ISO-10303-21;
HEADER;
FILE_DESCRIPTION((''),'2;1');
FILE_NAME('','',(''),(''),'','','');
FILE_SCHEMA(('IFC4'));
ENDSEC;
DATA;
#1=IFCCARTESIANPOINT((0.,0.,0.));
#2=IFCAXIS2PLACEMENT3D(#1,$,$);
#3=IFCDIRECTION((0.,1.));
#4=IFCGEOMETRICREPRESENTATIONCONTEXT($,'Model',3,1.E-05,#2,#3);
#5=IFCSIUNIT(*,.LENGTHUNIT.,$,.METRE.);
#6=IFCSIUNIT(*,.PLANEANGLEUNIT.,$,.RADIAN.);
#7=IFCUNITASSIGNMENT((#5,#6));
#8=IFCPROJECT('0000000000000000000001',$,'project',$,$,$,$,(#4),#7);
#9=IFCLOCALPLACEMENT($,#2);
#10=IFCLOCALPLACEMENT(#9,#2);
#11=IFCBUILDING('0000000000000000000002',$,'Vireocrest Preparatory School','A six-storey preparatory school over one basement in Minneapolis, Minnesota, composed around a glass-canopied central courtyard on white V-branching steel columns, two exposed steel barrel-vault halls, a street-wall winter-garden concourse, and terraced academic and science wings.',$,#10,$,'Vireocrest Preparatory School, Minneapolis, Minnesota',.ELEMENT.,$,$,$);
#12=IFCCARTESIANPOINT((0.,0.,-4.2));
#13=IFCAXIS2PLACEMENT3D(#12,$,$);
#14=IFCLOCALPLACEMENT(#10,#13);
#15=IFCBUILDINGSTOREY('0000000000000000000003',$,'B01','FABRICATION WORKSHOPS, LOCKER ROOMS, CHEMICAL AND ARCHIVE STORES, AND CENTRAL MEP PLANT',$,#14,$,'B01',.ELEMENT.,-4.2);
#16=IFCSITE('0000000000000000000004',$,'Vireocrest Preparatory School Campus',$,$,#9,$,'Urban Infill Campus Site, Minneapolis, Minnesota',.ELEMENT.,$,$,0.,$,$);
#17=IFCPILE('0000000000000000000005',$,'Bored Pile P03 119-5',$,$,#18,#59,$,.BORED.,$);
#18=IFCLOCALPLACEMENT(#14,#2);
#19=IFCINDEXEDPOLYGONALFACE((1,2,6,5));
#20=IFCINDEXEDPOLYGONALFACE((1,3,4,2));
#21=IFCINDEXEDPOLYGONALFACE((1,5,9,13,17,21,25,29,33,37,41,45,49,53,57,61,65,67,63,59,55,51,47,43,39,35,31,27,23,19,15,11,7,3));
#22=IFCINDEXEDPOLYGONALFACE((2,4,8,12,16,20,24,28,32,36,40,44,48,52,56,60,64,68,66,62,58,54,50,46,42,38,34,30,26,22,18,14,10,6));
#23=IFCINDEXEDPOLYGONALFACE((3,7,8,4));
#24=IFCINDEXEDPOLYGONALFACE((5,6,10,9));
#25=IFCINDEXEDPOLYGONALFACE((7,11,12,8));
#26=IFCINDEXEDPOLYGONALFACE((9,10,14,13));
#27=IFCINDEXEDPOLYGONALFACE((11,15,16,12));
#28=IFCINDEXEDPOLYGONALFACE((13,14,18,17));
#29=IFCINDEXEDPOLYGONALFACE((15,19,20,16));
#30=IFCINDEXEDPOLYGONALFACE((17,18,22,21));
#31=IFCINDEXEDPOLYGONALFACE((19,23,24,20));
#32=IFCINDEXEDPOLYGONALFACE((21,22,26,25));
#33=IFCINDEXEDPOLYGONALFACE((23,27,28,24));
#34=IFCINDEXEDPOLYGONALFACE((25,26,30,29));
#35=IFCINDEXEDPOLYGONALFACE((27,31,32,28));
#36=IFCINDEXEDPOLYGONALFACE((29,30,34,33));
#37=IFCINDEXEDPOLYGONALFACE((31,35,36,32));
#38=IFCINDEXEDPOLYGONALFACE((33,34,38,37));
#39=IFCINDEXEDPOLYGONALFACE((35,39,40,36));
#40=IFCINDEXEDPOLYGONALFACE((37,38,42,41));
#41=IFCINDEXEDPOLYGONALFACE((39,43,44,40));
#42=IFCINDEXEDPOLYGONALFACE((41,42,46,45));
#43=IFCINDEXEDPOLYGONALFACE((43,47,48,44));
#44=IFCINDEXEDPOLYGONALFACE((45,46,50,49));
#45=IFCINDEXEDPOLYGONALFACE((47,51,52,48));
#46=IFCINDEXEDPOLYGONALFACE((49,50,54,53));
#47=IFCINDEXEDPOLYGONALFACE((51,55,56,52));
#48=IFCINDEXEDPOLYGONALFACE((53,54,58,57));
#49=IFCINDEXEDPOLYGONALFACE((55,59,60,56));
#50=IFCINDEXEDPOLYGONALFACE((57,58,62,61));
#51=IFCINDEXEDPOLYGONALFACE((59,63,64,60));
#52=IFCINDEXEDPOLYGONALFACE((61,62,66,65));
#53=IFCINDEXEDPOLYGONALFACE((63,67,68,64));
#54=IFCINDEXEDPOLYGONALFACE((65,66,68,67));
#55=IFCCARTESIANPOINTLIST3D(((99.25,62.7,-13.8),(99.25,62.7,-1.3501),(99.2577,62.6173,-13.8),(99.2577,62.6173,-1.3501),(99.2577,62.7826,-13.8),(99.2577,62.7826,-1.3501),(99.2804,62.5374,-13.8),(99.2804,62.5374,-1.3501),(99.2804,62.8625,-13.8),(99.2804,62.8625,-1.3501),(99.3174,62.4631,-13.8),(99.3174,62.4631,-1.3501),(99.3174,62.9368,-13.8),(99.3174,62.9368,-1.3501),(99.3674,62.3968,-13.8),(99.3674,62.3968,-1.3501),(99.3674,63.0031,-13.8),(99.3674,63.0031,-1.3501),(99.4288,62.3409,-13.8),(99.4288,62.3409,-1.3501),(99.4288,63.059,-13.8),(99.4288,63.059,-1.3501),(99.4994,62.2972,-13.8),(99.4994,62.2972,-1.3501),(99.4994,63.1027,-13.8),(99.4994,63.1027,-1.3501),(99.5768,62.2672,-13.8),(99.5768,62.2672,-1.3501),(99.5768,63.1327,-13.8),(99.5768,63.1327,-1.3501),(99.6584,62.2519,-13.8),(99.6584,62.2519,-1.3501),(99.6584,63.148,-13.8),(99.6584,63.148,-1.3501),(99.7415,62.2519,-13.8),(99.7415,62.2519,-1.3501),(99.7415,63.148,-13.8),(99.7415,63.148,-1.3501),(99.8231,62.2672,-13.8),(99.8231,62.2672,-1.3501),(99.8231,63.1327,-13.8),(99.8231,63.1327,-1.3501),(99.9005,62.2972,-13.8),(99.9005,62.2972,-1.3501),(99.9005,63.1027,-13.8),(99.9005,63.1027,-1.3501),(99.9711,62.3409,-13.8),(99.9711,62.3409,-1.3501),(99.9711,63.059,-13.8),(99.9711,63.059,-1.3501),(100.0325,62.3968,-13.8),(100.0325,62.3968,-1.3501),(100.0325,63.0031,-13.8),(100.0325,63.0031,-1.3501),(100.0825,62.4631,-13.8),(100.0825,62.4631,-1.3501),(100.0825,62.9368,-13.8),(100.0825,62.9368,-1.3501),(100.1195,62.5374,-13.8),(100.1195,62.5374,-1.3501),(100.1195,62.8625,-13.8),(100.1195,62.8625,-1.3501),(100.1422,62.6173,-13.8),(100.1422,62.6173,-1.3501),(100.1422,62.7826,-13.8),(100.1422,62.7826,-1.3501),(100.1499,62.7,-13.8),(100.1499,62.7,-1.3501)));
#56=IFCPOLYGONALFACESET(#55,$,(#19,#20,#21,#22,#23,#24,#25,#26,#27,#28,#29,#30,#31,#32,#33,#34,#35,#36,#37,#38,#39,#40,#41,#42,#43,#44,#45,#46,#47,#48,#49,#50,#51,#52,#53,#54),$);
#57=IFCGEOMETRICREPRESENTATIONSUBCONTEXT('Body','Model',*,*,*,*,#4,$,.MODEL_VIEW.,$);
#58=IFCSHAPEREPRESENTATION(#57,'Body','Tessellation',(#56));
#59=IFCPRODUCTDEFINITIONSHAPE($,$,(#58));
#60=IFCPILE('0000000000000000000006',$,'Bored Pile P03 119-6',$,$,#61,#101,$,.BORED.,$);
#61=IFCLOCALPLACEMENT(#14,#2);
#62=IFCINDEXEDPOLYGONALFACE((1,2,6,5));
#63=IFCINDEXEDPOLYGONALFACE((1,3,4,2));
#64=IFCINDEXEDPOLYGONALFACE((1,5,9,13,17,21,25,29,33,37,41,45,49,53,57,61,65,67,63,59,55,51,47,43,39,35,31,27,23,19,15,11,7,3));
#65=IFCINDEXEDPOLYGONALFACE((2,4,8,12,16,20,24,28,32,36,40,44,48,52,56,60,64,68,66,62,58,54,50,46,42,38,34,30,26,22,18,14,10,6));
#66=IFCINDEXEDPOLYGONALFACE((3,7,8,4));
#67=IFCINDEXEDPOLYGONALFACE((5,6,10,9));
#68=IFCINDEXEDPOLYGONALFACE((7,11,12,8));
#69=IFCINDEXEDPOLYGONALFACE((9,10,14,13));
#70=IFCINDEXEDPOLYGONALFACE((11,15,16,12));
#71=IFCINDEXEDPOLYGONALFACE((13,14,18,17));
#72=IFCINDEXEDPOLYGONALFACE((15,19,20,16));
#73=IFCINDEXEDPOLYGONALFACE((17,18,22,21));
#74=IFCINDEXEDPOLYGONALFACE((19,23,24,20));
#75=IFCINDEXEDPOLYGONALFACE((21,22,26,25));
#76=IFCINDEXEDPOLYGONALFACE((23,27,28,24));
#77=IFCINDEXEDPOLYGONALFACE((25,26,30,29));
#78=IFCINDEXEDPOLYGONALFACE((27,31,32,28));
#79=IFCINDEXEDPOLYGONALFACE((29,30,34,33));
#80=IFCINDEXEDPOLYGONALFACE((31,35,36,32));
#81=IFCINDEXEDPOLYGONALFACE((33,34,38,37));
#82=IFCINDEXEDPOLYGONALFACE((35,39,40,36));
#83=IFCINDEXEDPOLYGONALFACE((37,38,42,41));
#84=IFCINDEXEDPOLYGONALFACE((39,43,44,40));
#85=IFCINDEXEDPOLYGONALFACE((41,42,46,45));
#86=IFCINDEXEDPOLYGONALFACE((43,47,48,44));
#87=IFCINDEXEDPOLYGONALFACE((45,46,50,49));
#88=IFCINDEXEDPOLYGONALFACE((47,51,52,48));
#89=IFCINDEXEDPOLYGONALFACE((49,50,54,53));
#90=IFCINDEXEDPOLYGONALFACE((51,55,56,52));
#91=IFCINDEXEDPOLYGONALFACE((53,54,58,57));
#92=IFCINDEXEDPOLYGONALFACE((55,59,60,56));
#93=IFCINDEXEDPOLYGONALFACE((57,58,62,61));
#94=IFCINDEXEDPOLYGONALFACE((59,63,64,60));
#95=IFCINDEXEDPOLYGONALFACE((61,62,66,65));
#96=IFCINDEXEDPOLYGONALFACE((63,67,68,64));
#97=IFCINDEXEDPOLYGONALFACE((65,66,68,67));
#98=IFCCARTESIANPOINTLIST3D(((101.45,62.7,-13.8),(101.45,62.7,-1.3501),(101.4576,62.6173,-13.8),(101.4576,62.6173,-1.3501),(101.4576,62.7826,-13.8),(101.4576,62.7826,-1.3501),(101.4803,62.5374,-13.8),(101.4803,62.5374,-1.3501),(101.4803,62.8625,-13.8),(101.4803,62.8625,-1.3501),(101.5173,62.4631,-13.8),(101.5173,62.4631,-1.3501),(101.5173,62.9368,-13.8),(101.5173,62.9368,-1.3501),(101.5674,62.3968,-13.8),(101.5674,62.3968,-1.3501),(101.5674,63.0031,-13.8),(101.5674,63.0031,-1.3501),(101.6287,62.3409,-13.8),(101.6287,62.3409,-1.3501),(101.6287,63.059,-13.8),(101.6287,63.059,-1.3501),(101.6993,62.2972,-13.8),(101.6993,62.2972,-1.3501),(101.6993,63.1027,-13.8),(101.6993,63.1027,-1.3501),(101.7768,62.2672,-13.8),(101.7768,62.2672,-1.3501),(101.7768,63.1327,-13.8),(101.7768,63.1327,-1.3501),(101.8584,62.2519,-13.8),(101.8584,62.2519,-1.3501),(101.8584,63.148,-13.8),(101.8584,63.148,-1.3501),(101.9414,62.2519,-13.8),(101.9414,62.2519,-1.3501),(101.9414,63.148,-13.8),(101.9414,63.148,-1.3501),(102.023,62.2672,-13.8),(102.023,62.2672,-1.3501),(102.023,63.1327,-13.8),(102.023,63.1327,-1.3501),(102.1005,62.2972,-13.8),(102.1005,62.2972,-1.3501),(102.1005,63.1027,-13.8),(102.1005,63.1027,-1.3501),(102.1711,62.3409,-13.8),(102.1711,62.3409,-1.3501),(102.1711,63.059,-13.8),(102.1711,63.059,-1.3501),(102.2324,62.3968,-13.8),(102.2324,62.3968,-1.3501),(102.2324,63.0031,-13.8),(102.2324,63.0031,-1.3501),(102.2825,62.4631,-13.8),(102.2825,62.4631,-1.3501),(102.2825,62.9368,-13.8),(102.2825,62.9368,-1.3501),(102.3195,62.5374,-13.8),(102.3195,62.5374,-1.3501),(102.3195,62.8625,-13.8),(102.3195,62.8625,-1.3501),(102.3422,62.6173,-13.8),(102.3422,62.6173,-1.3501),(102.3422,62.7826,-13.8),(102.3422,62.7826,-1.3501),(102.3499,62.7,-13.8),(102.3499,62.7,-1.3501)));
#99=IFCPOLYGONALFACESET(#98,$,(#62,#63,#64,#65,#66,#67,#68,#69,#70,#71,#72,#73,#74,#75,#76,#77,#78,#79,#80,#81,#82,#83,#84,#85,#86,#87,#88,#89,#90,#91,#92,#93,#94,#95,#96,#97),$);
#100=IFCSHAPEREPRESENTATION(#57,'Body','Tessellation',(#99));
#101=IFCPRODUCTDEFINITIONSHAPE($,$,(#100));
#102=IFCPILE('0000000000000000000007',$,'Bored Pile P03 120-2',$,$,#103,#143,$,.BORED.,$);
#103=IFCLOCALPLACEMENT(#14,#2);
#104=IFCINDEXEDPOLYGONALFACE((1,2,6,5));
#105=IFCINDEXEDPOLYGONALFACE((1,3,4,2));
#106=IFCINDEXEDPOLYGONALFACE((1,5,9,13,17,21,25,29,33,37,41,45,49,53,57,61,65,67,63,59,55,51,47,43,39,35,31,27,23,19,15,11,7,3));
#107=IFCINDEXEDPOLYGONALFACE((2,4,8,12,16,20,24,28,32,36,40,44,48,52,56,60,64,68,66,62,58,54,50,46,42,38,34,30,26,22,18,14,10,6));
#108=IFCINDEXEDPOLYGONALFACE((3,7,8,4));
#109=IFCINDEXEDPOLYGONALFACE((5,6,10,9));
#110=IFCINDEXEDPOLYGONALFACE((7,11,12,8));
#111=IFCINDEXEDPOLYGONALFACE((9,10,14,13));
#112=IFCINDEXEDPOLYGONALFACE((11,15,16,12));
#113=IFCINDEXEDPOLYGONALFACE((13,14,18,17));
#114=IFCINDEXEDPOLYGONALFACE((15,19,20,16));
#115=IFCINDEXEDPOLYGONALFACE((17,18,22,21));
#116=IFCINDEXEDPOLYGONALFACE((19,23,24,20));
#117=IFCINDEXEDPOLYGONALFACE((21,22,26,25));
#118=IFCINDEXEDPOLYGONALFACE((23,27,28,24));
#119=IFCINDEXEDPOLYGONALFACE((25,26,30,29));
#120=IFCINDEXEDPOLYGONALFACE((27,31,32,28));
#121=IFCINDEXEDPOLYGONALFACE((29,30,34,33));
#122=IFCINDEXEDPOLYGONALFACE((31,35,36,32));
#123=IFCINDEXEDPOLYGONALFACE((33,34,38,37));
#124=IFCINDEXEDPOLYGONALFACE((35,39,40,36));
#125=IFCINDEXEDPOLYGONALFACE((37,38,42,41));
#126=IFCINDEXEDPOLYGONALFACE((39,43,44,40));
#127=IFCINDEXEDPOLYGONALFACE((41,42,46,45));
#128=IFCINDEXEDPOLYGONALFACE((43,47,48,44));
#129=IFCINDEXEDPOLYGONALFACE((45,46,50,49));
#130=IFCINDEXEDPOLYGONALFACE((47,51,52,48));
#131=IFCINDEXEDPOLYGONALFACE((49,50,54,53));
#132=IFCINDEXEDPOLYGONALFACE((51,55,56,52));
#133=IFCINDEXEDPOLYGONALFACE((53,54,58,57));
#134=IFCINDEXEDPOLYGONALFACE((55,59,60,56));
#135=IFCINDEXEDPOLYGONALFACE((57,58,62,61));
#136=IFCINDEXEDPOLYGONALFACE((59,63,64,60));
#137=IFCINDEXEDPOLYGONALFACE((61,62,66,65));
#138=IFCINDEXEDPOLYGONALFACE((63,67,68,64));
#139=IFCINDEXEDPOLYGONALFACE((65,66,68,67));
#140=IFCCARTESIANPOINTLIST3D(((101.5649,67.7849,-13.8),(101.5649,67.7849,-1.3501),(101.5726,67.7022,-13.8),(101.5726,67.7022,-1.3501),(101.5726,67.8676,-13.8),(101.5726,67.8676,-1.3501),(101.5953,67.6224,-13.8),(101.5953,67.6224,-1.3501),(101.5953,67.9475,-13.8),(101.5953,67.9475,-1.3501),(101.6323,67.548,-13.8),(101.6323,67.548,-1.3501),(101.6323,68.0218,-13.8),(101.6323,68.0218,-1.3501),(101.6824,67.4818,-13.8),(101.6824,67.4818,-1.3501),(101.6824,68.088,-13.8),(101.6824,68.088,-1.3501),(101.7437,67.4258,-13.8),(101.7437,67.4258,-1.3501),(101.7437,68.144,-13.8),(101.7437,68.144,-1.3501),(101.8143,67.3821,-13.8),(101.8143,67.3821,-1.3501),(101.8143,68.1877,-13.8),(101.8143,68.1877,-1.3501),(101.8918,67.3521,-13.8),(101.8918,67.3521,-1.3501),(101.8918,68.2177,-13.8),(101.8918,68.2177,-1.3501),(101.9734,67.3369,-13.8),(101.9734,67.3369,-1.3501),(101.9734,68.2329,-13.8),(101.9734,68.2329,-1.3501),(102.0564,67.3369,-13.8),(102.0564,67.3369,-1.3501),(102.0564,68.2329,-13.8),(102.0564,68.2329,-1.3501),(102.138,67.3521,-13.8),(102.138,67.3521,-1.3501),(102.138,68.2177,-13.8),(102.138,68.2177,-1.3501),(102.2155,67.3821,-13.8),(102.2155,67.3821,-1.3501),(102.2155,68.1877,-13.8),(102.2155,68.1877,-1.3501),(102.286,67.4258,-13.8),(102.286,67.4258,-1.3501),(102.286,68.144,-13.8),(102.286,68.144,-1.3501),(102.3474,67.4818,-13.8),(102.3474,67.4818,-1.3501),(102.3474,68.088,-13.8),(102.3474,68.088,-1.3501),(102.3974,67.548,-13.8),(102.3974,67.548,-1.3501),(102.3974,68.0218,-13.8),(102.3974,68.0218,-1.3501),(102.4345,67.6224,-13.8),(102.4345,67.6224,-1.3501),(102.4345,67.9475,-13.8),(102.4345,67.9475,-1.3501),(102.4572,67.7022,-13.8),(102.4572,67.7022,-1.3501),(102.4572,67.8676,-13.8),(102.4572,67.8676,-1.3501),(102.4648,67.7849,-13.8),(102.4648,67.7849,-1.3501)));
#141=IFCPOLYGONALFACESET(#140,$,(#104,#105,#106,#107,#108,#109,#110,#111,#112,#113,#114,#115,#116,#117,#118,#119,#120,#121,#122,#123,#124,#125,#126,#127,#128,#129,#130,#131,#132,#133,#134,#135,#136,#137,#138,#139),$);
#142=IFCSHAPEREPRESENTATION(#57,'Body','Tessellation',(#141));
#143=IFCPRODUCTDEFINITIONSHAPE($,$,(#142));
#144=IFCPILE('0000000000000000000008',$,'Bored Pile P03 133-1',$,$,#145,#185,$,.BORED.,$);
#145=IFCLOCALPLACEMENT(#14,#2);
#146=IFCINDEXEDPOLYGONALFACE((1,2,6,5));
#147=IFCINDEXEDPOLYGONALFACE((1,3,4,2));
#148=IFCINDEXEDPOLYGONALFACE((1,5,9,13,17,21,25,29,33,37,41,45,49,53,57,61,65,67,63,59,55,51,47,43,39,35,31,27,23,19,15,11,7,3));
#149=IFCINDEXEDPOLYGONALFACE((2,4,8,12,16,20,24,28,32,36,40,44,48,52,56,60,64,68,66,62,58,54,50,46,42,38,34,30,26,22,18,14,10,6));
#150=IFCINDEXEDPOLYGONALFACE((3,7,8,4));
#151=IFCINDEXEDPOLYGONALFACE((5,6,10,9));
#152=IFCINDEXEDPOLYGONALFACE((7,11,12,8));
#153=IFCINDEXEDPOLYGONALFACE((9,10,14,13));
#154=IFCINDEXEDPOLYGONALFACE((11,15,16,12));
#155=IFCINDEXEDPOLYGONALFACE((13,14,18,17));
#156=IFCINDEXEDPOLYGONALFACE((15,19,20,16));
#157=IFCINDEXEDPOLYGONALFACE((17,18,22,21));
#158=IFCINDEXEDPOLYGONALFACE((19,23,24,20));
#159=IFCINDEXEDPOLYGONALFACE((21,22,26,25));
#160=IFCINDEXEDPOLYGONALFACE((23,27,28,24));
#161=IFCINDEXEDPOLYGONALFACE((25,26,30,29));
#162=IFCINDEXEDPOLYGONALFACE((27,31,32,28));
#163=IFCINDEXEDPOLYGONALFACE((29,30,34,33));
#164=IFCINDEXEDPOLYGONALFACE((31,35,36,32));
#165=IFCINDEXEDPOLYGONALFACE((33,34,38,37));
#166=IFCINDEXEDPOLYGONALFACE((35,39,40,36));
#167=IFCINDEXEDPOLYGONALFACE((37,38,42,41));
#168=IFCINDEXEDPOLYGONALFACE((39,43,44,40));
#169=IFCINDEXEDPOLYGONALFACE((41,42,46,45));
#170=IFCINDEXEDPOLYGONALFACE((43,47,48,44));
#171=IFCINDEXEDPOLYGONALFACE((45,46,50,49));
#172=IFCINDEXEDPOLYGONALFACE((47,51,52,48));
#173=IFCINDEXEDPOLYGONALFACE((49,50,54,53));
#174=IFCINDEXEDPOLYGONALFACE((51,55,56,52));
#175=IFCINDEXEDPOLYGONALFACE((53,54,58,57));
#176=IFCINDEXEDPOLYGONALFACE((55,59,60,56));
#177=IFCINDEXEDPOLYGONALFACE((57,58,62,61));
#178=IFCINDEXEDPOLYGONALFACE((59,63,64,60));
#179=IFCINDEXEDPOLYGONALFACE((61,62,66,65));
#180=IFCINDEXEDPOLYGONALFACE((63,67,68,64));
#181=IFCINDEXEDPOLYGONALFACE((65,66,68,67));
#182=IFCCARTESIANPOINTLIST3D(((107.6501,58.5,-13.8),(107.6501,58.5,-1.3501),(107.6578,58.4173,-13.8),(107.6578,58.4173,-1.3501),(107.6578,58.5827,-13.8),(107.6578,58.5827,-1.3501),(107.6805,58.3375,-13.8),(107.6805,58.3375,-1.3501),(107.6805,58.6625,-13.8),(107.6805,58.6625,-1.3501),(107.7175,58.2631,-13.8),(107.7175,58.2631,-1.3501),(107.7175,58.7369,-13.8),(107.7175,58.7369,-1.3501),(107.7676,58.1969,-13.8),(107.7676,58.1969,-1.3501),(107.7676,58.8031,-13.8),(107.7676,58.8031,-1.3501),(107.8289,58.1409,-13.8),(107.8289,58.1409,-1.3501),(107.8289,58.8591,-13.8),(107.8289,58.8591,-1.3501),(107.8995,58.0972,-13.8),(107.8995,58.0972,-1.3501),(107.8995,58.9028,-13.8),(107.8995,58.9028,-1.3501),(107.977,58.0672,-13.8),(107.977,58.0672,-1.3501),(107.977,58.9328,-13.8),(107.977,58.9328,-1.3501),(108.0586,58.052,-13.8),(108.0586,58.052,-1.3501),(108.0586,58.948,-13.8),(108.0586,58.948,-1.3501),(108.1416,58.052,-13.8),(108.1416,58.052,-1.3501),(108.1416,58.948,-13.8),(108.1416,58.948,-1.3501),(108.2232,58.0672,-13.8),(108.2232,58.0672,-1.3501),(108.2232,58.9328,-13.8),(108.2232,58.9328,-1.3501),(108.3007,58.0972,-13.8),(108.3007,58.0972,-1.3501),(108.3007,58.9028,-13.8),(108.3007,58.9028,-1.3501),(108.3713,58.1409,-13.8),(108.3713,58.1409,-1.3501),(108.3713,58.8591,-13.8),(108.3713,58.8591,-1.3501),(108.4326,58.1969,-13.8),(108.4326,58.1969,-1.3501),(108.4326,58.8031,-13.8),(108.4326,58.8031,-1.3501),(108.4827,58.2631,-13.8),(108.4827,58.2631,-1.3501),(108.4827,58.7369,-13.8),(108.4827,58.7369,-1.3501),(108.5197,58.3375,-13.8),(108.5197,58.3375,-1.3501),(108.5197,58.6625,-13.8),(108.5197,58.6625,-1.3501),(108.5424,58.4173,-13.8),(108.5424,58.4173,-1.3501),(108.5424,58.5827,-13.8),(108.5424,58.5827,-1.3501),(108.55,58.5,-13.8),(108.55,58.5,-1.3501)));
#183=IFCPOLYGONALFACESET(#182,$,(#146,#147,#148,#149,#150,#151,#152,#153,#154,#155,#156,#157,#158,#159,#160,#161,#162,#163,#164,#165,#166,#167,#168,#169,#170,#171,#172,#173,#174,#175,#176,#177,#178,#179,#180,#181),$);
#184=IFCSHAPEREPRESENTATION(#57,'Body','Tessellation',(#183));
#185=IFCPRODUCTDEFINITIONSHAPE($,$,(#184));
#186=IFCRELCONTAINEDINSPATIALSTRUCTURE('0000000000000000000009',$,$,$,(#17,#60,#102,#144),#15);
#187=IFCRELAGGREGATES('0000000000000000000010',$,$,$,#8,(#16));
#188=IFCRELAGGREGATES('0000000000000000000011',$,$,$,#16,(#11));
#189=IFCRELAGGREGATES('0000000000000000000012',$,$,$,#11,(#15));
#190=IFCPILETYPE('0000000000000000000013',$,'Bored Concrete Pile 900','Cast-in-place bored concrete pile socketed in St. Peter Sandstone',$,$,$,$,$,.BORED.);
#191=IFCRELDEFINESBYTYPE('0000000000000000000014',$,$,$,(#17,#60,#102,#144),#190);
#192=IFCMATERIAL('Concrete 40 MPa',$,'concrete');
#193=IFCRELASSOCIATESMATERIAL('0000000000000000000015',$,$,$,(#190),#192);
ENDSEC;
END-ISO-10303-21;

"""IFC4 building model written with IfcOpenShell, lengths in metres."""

from ifc_helpers import new_model, si_unit, direction, frame, origin, origin_2d, place, context, subcontext, project, spatial, circle, extrude, material, material_profile, profile_set, type_object, element, save


model = new_model("IFC4")

# Units and contexts
model_context = context("Model", 3, precision=1e-05, world=origin(), true_north=direction((0.0, 1.0)))
body_context = subcontext(model_context, "Body", "Model", "MODEL_VIEW")
ifc_project = project(units=[si_unit("LENGTHUNIT", "METRE"), si_unit("PLANEANGLEUNIT", "RADIAN")], contexts=[model_context])

# Site, building, storey
site_placement = place(None, origin())
site = spatial("IfcSite", under=ifc_project, at=site_placement, Name="Vireocrest Preparatory School Campus", LongName="Urban Infill Campus Site, Minneapolis, Minnesota", CompositionType="ELEMENT", RefElevation=0.0)
building_placement = place(site_placement, origin())
building = spatial("IfcBuilding", under=site, at=building_placement, Name="Vireocrest Preparatory School", Description="A six-storey preparatory school over one basement in Minneapolis, Minnesota, composed around a glass-canopied central courtyard on white V-branching steel columns, two exposed steel barrel-vault halls, a street-wall winter-garden concourse, and terraced academic and science wings.", LongName="Vireocrest Preparatory School, Minneapolis, Minnesota", CompositionType="ELEMENT")
storey_placement = place(building_placement, frame((0.0, 0.0, -4.2)))
storey = spatial("IfcBuildingStorey", under=building, at=storey_placement, Name="B01", Description="FABRICATION WORKSHOPS, LOCKER ROOMS, CHEMICAL AND ARCHIVE STORES, AND CENTRAL MEP PLANT", LongName="B01", CompositionType="ELEMENT", Elevation=-4.2)

# Piles
ifc_material_1 = material(Name="Concrete 40 MPa", Category="concrete")
ifc_material_profile_1 = material_profile(ifc_material_1, circle(Radius=0.45, at=origin_2d()), Name="BORED PILE 900")
ifc_profile_set_1 = profile_set([ifc_material_profile_1], Name="Concrete 40 MPa")
pile_type = type_object("IfcPileType", Name="Bored Concrete Pile 900", Description="Cast-in-place bored concrete pile socketed in St. Peter Sandstone", PredefinedType="BORED", material=ifc_profile_set_1)
for number, where, z_axis, x_axis, name in (
    (1, (99.7, 62.7, -1.3501), (0.0, 0.0, -1.0), (1.0, 0.0, 0.0), "Bored Pile P03 119-5"),
    (2, (101.8999, 62.7, -1.3501), (0.0, 0.0, -1.0), (1.0, 0.0, 0.0), "Bored Pile P03 119-6"),
    (3, (102.0149, 67.7849, -1.3501), (0.0, 0.0, -1.0), (1.0, 0.0, 0.0), "Bored Pile P03 120-2"),
    (4, (108.1001, 58.5, -1.3501), (0.0, 0.0, -1.0), (1.0, 0.0, 0.0), "Bored Pile P03 133-1"),
):
    element("IfcPile", number, at=place(storey_placement, frame(where, z_axis=z_axis, x_axis=x_axis)), inside=storey, type_object=pile_type, Name=name, PredefinedType="BORED", context=body_context, shape_type="SweptSolid", body=[
        extrude(circle(Radius=0.45, at=origin_2d()), origin(), (0.0, 0.0, 1.0), 12.45),
    ])

save(model, "model.ifc")
